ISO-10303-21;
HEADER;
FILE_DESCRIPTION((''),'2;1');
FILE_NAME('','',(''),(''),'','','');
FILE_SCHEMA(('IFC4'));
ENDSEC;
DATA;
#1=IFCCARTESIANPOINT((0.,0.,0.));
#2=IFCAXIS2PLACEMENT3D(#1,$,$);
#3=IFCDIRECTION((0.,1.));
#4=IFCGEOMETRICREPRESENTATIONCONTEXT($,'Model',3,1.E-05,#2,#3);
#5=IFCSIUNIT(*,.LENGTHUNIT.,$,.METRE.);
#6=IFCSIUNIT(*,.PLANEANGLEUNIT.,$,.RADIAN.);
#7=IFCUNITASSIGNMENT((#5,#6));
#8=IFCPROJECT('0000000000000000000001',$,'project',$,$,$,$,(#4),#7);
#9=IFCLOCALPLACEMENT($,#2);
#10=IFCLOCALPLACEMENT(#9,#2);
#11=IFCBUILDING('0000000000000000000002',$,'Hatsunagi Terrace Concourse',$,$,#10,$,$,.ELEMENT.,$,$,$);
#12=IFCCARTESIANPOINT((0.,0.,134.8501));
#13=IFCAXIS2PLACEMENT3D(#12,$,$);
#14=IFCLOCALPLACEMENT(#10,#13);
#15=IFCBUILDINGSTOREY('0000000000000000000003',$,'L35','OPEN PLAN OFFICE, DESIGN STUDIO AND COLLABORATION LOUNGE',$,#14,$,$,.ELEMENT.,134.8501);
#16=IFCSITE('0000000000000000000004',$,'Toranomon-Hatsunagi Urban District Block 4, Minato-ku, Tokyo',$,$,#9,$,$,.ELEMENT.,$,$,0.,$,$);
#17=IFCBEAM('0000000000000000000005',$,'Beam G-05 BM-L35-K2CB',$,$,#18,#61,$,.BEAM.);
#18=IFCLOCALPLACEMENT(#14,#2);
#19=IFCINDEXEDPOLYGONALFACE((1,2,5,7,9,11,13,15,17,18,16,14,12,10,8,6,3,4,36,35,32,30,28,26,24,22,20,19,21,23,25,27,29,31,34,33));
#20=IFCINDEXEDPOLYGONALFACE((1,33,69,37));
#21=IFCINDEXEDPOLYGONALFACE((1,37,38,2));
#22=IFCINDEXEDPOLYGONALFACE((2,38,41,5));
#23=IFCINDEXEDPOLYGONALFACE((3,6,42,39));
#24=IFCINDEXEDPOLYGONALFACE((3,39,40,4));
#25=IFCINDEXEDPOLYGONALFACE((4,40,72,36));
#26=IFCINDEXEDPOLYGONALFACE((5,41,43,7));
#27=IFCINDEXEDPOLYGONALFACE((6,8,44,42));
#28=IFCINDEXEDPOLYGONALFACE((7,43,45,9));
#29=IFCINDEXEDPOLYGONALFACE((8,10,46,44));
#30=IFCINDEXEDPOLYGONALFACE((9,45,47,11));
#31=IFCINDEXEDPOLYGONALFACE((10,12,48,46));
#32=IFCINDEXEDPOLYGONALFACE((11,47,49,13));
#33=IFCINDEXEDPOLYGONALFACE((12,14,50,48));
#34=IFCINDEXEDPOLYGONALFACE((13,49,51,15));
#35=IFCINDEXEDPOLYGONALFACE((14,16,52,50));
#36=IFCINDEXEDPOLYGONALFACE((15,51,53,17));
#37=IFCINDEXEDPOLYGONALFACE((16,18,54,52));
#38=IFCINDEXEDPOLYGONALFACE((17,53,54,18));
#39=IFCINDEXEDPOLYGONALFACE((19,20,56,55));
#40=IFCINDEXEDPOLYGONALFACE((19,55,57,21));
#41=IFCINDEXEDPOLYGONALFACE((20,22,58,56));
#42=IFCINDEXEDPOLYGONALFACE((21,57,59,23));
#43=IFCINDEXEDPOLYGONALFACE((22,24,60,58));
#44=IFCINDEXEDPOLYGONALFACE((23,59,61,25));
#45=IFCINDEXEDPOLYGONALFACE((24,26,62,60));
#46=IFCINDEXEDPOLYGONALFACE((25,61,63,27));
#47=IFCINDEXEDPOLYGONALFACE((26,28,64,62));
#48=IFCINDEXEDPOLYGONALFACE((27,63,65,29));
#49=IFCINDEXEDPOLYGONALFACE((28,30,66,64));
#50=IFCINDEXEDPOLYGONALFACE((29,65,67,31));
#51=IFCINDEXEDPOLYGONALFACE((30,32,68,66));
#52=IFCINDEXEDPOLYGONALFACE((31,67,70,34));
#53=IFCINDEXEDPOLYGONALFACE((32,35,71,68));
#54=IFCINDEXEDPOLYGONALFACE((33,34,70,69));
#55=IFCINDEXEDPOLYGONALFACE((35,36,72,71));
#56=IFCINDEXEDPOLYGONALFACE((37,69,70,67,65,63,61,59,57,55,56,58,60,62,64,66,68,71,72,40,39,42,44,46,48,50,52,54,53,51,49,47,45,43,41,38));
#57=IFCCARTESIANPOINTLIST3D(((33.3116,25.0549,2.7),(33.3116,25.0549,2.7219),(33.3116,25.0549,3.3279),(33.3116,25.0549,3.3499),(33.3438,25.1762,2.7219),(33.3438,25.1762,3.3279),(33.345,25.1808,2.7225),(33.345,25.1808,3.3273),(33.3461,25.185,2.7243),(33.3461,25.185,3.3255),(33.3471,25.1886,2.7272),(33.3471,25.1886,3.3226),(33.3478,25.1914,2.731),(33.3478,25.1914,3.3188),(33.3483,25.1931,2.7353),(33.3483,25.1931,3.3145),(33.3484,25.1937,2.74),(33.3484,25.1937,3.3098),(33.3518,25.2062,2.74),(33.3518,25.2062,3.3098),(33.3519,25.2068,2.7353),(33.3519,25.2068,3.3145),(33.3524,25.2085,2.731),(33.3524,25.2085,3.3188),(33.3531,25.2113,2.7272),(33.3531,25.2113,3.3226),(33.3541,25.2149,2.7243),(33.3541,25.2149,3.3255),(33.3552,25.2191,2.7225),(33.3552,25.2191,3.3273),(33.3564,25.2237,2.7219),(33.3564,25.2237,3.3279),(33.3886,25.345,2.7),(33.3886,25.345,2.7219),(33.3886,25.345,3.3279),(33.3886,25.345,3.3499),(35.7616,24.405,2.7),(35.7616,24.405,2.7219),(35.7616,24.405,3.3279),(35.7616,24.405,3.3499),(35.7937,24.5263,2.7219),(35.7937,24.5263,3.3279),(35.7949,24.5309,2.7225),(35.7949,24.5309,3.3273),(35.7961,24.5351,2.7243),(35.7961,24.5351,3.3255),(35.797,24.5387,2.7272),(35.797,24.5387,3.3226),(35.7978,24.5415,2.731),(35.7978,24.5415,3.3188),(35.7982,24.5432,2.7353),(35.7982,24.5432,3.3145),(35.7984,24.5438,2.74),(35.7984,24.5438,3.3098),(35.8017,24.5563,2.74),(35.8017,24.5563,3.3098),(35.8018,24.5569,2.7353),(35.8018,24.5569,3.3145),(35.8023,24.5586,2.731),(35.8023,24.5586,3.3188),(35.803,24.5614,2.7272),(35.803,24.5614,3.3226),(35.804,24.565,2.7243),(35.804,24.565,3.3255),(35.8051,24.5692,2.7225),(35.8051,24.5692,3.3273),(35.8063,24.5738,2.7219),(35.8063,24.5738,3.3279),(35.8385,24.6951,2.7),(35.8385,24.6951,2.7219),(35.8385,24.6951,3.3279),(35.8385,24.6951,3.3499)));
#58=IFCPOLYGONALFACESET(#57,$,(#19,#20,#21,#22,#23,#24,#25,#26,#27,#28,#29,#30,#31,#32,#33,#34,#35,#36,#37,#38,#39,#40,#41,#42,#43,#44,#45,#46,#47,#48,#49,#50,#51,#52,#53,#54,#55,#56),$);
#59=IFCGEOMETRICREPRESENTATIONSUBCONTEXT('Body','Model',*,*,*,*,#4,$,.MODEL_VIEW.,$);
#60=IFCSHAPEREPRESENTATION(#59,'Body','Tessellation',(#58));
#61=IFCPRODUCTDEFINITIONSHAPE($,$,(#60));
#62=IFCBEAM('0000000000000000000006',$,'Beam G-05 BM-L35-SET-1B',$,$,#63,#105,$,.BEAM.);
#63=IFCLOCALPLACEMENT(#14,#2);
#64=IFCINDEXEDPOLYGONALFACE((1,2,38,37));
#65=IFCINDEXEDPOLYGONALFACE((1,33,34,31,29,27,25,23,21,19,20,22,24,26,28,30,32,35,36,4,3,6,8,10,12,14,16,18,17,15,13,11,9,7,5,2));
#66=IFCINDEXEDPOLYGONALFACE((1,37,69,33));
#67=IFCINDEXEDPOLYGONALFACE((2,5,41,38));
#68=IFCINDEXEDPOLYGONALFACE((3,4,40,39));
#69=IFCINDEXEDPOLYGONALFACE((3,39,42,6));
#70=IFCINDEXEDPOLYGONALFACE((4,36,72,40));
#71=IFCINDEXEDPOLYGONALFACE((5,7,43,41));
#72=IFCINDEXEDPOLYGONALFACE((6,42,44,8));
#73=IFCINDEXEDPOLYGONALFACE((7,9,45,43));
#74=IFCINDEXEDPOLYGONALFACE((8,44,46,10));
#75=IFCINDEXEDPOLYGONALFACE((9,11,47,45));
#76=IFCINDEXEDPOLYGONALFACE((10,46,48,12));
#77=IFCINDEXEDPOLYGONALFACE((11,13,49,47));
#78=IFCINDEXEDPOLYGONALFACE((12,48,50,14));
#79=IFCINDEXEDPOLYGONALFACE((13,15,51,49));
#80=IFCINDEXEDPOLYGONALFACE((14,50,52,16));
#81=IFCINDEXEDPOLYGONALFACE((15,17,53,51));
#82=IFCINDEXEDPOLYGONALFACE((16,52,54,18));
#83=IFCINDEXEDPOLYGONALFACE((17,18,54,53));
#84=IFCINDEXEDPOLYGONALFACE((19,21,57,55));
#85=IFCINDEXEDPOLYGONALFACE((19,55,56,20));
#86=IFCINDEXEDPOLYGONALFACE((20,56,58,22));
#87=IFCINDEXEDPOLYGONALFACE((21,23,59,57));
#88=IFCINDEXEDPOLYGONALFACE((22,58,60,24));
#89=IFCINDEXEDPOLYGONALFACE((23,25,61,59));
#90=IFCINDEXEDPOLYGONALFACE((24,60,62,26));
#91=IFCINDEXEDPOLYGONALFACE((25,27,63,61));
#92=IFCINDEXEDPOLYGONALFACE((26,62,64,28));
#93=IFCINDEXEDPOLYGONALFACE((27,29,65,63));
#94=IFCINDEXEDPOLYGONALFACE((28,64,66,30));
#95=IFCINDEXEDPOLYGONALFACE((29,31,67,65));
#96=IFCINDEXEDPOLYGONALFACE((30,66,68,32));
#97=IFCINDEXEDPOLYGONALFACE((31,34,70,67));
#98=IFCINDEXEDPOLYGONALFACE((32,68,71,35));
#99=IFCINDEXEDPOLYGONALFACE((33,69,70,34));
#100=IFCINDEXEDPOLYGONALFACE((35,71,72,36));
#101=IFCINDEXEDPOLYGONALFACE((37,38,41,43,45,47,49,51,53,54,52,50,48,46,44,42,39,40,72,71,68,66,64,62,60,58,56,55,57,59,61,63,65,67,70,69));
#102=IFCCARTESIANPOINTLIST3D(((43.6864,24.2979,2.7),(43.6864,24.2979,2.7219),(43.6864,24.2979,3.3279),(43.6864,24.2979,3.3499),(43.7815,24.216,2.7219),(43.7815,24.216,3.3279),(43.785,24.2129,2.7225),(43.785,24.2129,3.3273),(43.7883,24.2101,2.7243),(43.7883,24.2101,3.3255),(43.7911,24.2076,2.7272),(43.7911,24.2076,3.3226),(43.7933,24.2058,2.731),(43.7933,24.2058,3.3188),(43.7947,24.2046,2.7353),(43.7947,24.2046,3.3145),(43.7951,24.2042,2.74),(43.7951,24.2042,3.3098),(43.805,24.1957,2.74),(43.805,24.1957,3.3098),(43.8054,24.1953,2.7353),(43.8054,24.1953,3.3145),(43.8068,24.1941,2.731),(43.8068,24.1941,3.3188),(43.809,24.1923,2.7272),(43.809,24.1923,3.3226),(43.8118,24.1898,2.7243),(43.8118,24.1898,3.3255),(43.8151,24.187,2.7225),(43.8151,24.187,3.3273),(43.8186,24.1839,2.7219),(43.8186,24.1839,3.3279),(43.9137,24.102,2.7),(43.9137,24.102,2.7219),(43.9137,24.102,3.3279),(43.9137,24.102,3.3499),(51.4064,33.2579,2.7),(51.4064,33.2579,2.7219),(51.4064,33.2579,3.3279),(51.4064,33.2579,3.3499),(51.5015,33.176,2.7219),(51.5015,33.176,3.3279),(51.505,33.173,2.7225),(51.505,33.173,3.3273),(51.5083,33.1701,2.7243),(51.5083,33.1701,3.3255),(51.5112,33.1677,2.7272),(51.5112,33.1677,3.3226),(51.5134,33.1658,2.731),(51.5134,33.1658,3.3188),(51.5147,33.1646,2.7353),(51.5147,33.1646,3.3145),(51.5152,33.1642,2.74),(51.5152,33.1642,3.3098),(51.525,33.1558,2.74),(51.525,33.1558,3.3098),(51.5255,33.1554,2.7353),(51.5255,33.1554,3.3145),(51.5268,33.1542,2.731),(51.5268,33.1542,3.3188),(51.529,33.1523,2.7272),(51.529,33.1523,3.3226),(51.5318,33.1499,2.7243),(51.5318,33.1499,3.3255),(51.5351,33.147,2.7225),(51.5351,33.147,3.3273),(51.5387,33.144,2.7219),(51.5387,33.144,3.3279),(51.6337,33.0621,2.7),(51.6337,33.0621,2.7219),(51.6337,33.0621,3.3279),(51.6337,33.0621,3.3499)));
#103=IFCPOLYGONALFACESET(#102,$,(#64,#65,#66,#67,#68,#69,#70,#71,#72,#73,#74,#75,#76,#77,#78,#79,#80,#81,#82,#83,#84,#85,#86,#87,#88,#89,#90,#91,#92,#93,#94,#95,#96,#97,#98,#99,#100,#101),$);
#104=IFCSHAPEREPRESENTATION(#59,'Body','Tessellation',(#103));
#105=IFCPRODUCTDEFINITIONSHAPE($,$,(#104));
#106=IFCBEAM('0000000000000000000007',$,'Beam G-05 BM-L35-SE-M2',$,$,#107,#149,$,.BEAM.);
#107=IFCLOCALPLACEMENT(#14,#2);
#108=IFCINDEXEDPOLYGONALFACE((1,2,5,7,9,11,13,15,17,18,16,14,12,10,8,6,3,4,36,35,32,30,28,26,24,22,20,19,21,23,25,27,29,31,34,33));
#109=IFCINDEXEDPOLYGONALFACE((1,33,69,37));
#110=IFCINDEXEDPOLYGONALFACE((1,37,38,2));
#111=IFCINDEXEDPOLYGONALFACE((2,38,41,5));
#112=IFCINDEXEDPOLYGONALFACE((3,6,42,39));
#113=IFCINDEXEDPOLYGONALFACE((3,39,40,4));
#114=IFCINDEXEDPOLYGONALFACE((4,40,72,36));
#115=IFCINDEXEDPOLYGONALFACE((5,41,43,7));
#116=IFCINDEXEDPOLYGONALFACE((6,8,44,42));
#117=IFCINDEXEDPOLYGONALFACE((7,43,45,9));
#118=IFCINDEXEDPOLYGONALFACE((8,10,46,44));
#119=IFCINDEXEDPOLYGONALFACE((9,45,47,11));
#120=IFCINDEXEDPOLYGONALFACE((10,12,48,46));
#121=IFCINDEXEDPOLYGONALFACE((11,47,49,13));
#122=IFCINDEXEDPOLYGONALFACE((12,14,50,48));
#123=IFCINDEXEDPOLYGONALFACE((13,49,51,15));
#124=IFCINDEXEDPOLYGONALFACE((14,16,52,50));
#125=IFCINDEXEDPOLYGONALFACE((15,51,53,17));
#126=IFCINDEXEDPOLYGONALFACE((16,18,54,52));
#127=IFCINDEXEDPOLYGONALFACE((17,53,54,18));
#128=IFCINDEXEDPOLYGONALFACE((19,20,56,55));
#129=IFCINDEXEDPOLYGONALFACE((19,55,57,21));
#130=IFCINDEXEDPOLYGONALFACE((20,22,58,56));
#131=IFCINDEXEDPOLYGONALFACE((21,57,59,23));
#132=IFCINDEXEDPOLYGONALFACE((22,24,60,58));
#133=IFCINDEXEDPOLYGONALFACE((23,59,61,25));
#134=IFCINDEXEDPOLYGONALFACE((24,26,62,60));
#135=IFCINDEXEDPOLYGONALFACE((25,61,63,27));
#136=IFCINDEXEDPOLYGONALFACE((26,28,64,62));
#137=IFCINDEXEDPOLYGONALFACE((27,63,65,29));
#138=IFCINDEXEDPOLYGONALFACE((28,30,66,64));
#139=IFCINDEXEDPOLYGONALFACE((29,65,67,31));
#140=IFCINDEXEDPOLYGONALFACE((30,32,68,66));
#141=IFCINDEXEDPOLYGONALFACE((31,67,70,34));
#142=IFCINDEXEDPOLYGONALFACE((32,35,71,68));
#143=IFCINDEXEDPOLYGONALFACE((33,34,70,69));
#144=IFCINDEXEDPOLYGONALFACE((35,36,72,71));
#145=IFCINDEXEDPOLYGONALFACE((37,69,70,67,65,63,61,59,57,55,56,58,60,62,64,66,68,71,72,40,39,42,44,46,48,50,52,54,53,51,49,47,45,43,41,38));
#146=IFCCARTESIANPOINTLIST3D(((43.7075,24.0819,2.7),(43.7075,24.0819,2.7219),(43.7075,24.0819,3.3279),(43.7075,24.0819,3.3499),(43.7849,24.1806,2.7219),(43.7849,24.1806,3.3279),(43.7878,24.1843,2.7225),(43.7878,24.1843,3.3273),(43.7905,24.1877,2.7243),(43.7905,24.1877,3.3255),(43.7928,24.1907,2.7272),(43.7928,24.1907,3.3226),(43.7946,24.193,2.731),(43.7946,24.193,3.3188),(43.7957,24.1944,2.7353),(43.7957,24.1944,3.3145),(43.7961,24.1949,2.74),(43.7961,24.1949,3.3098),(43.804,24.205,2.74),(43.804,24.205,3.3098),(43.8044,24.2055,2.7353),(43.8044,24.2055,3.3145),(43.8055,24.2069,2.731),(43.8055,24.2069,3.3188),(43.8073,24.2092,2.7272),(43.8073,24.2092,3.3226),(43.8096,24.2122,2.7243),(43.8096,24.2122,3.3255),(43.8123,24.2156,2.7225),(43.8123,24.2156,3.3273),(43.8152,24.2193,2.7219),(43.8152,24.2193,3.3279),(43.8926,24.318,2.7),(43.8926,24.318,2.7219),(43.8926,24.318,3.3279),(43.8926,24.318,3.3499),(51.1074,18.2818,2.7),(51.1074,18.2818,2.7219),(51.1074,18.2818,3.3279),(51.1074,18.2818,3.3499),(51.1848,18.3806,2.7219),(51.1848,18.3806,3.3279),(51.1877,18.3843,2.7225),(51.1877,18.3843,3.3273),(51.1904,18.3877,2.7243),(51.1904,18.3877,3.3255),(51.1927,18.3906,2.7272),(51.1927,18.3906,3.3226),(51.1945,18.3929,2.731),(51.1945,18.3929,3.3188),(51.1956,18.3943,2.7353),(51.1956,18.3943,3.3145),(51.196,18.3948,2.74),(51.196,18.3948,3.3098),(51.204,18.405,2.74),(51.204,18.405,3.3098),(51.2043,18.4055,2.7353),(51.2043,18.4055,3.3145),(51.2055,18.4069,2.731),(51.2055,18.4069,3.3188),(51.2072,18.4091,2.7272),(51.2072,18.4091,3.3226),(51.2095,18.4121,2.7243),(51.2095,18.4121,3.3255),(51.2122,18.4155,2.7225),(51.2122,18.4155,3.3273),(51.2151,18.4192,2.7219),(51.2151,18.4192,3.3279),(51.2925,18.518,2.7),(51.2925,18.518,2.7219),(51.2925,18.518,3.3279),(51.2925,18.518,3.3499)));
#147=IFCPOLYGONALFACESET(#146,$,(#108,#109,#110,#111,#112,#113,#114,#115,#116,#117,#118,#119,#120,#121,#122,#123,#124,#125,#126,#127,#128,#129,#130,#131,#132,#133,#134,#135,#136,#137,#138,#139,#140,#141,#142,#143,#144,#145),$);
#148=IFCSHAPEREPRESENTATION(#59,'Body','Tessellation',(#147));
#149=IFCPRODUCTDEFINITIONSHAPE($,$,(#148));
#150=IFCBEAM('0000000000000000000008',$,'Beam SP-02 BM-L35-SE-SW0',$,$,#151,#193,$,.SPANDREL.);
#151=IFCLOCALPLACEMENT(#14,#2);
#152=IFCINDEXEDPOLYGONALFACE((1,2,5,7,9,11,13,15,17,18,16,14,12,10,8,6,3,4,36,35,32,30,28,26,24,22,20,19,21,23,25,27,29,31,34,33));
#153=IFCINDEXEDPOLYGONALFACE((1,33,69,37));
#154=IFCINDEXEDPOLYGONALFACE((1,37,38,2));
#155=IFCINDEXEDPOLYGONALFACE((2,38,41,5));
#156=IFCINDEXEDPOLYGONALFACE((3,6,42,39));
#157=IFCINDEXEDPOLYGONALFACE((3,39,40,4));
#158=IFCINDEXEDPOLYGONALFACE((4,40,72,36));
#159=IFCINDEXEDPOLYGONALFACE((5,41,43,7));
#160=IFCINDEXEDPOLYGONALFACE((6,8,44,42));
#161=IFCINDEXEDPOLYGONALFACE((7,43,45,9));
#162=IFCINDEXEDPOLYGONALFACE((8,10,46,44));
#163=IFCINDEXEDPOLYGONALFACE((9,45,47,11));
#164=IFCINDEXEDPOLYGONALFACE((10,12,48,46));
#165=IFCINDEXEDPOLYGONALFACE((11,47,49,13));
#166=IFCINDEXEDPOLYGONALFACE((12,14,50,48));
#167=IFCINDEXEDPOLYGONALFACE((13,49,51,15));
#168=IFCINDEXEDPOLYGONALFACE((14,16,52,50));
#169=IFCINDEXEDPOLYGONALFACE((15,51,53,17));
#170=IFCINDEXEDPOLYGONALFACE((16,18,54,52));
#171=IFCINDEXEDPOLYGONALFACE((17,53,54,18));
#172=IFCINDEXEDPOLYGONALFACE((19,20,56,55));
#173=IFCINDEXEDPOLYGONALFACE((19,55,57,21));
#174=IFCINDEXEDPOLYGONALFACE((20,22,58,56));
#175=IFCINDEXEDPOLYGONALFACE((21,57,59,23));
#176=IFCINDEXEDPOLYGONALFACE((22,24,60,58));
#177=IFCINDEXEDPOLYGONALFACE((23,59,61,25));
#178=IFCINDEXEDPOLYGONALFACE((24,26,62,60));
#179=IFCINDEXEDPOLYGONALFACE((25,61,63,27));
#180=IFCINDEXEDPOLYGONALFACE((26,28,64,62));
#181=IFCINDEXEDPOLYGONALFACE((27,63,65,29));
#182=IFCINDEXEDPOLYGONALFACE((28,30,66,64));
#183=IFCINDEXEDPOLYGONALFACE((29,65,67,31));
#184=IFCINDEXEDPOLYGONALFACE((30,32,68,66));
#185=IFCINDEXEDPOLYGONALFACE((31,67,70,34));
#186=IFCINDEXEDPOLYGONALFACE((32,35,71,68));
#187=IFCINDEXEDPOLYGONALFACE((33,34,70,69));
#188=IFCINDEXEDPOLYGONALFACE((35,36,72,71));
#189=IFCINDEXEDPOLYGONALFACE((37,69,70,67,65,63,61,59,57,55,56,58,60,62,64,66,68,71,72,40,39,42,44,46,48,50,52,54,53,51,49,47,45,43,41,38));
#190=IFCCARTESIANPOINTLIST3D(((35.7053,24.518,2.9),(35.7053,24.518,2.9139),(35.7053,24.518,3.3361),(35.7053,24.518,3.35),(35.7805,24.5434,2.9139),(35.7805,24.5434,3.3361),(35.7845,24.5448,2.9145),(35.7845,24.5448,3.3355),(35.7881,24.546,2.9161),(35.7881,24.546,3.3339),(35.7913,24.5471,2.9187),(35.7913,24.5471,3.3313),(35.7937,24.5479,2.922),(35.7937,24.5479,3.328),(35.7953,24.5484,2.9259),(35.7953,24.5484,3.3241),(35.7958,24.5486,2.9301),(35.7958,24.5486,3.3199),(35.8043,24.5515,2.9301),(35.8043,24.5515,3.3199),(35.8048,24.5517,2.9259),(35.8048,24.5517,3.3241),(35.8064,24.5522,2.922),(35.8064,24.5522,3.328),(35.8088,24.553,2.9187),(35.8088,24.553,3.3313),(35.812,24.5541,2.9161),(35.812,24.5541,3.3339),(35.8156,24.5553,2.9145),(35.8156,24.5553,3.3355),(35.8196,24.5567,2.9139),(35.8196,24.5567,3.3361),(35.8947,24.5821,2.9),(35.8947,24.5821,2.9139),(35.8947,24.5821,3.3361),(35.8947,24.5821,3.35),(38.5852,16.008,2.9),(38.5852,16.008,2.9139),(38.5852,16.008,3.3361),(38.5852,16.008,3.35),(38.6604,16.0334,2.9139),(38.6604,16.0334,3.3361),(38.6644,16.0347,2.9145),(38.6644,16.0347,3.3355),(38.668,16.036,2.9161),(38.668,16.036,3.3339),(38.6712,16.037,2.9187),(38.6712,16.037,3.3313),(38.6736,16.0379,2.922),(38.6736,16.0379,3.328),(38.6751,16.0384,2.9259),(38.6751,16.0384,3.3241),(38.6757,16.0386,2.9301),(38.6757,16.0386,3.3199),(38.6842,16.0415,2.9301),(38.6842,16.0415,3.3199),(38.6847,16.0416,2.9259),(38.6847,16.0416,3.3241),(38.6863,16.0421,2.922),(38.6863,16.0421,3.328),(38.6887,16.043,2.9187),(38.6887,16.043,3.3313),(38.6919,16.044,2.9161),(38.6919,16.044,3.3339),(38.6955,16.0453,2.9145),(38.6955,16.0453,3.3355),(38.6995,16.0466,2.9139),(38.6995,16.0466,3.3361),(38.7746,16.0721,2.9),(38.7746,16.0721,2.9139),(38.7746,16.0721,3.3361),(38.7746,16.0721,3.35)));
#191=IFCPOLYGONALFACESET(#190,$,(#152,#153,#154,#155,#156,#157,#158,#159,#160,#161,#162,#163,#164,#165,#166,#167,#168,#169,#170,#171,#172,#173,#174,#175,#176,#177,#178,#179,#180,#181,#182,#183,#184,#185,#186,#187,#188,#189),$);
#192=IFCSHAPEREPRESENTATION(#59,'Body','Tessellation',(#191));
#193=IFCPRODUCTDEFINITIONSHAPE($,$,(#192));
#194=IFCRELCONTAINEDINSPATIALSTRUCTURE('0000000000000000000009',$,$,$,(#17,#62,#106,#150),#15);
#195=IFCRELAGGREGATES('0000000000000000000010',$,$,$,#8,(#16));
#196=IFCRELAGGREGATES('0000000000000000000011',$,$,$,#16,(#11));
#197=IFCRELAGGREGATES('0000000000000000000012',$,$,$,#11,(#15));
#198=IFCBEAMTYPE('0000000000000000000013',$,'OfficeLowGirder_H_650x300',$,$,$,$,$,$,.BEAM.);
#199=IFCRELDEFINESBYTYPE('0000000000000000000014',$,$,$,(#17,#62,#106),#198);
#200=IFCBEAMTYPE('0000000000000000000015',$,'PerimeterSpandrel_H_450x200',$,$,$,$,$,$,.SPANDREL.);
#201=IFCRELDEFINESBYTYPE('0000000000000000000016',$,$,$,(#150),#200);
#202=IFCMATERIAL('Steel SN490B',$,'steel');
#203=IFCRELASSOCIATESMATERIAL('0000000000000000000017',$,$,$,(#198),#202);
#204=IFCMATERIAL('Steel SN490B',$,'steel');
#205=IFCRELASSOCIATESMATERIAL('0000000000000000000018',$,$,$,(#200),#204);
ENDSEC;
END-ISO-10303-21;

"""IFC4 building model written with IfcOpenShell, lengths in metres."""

from ifc_helpers import new_model, si_unit, direction, frame, origin, origin_2d, place, context, subcontext, project, spatial, i_section, extrude, material, material_profile, profile_set, type_object, element, save


model = new_model("IFC4")

# Units and contexts
model_context = context("Model", 3, precision=1e-05, world=origin(), true_north=direction((0.0, 1.0)))
body_context = subcontext(model_context, "Body", "Model", "MODEL_VIEW")
ifc_project = project(units=[si_unit("LENGTHUNIT", "METRE"), si_unit("PLANEANGLEUNIT", "RADIAN")], contexts=[model_context])

# Site, building, storey
site_placement = place(None, origin())
site = spatial("IfcSite", under=ifc_project, at=site_placement, Name="Toranomon-Hatsunagi Urban District Block 4, Minato-ku, Tokyo", CompositionType="ELEMENT", RefElevation=0.0)
building_placement = place(site_placement, origin())
building = spatial("IfcBuilding", under=site, at=building_placement, Name="Hatsunagi Terrace Concourse", CompositionType="ELEMENT")
storey_placement = place(building_placement, frame((0.0, 0.0, 134.8501)))
storey = spatial("IfcBuildingStorey", under=building, at=storey_placement, Name="L35", Description="OPEN PLAN OFFICE, DESIGN STUDIO AND COLLABORATION LOUNGE", CompositionType="ELEMENT", Elevation=134.8501)

# Beams
ifc_material_1 = material(Name="Steel SN490B", Category="steel")
ifc_material_profile_1 = material_profile(ifc_material_1, i_section(OverallWidth=0.3, OverallDepth=0.6499, WebThickness=0.0129, FlangeThickness=0.022, FilletRadius=0.0181, at=origin_2d()), Name="H-650x300x13x22")
ifc_profile_set_1 = profile_set([ifc_material_profile_1], Name="Steel SN490B")
beam_type_1 = type_object("IfcBeamType", Name="OfficeLowGirder_H_650x300", PredefinedType="BEAM", material=ifc_profile_set_1)
beam_1_placement = place(storey_placement, frame((33.3501, 25.2, 3.0249), z_axis=(0.96657, -0.256403, 0.0), x_axis=(0.256403, 0.96657, 0.0)))
element("IfcBeam", 1, at=beam_1_placement, inside=storey, type_object=beam_type_1, Name="Beam G-05 BM-L35-K2CB", PredefinedType="BEAM", context=body_context, shape_type="SweptSolid", body=[
    extrude(i_section(OverallWidth=0.3, OverallDepth=0.6499, WebThickness=0.0129, FlangeThickness=0.022, FilletRadius=0.0181, at=origin_2d()), origin(), (0.0, 0.0, 1.0), 2.5347),
])
beam_2_placement = place(storey_placement, frame((43.8, 24.2, 3.0249), z_axis=(0.652739, 0.757583, 0.0), x_axis=(-0.757583, 0.652739, 0.0)))
element("IfcBeam", 2, at=beam_2_placement, inside=storey, type_object=beam_type_1, Name="Beam G-05 BM-L35-SET-1B", PredefinedType="BEAM", context=body_context, shape_type="SweptSolid", body=[
    extrude(i_section(OverallWidth=0.3, OverallDepth=0.6499, WebThickness=0.0129, FlangeThickness=0.022, FilletRadius=0.0181, at=origin_2d()), origin(), (0.0, 0.0, 1.0), 11.8271),
])
beam_3_placement = place(storey_placement, frame((43.8, 24.2, 3.0249), z_axis=(0.787049, -0.61689, 0.0), x_axis=(0.61689, 0.787049, 0.0)))
element("IfcBeam", 3, at=beam_3_placement, inside=storey, type_object=beam_type_1, Name="Beam G-05 BM-L35-SE-M2", PredefinedType="BEAM", context=body_context, shape_type="SweptSolid", body=[
    extrude(i_section(OverallWidth=0.3, OverallDepth=0.6499, WebThickness=0.0129, FlangeThickness=0.022, FilletRadius=0.0181, at=origin_2d()), origin(), (0.0, 0.0, 1.0), 9.4021),
])
ifc_material_2 = material(Name="Steel SN490B", Category="steel")
ifc_material_profile_2 = material_profile(ifc_material_2, i_section(OverallWidth=0.2, OverallDepth=0.45, WebThickness=0.009, FlangeThickness=0.0139, FilletRadius=0.0161, at=origin_2d()), Name="H-450x200x9x14")
ifc_profile_set_2 = profile_set([ifc_material_profile_2], Name="Steel SN490B")
beam_type_2 = type_object("IfcBeamType", Name="PerimeterSpandrel_H_450x200", PredefinedType="SPANDREL", material=ifc_profile_set_2)
beam_4_placement = place(storey_placement, frame((35.8, 24.55, 3.125), z_axis=(0.320553, -0.94723, 0.0), x_axis=(0.94723, 0.320553, 0.0)))
element("IfcBeam", 4, at=beam_4_placement, inside=storey, type_object=beam_type_2, Name="Beam SP-02 BM-L35-SE-SW0", PredefinedType="SPANDREL", context=body_context, shape_type="SweptSolid", body=[
    extrude(i_section(OverallWidth=0.2, OverallDepth=0.45, WebThickness=0.009, FlangeThickness=0.0139, FilletRadius=0.0161, at=origin_2d()), origin(), (0.0, 0.0, 1.0), 8.9841),
])

save(model, "model.ifc")
